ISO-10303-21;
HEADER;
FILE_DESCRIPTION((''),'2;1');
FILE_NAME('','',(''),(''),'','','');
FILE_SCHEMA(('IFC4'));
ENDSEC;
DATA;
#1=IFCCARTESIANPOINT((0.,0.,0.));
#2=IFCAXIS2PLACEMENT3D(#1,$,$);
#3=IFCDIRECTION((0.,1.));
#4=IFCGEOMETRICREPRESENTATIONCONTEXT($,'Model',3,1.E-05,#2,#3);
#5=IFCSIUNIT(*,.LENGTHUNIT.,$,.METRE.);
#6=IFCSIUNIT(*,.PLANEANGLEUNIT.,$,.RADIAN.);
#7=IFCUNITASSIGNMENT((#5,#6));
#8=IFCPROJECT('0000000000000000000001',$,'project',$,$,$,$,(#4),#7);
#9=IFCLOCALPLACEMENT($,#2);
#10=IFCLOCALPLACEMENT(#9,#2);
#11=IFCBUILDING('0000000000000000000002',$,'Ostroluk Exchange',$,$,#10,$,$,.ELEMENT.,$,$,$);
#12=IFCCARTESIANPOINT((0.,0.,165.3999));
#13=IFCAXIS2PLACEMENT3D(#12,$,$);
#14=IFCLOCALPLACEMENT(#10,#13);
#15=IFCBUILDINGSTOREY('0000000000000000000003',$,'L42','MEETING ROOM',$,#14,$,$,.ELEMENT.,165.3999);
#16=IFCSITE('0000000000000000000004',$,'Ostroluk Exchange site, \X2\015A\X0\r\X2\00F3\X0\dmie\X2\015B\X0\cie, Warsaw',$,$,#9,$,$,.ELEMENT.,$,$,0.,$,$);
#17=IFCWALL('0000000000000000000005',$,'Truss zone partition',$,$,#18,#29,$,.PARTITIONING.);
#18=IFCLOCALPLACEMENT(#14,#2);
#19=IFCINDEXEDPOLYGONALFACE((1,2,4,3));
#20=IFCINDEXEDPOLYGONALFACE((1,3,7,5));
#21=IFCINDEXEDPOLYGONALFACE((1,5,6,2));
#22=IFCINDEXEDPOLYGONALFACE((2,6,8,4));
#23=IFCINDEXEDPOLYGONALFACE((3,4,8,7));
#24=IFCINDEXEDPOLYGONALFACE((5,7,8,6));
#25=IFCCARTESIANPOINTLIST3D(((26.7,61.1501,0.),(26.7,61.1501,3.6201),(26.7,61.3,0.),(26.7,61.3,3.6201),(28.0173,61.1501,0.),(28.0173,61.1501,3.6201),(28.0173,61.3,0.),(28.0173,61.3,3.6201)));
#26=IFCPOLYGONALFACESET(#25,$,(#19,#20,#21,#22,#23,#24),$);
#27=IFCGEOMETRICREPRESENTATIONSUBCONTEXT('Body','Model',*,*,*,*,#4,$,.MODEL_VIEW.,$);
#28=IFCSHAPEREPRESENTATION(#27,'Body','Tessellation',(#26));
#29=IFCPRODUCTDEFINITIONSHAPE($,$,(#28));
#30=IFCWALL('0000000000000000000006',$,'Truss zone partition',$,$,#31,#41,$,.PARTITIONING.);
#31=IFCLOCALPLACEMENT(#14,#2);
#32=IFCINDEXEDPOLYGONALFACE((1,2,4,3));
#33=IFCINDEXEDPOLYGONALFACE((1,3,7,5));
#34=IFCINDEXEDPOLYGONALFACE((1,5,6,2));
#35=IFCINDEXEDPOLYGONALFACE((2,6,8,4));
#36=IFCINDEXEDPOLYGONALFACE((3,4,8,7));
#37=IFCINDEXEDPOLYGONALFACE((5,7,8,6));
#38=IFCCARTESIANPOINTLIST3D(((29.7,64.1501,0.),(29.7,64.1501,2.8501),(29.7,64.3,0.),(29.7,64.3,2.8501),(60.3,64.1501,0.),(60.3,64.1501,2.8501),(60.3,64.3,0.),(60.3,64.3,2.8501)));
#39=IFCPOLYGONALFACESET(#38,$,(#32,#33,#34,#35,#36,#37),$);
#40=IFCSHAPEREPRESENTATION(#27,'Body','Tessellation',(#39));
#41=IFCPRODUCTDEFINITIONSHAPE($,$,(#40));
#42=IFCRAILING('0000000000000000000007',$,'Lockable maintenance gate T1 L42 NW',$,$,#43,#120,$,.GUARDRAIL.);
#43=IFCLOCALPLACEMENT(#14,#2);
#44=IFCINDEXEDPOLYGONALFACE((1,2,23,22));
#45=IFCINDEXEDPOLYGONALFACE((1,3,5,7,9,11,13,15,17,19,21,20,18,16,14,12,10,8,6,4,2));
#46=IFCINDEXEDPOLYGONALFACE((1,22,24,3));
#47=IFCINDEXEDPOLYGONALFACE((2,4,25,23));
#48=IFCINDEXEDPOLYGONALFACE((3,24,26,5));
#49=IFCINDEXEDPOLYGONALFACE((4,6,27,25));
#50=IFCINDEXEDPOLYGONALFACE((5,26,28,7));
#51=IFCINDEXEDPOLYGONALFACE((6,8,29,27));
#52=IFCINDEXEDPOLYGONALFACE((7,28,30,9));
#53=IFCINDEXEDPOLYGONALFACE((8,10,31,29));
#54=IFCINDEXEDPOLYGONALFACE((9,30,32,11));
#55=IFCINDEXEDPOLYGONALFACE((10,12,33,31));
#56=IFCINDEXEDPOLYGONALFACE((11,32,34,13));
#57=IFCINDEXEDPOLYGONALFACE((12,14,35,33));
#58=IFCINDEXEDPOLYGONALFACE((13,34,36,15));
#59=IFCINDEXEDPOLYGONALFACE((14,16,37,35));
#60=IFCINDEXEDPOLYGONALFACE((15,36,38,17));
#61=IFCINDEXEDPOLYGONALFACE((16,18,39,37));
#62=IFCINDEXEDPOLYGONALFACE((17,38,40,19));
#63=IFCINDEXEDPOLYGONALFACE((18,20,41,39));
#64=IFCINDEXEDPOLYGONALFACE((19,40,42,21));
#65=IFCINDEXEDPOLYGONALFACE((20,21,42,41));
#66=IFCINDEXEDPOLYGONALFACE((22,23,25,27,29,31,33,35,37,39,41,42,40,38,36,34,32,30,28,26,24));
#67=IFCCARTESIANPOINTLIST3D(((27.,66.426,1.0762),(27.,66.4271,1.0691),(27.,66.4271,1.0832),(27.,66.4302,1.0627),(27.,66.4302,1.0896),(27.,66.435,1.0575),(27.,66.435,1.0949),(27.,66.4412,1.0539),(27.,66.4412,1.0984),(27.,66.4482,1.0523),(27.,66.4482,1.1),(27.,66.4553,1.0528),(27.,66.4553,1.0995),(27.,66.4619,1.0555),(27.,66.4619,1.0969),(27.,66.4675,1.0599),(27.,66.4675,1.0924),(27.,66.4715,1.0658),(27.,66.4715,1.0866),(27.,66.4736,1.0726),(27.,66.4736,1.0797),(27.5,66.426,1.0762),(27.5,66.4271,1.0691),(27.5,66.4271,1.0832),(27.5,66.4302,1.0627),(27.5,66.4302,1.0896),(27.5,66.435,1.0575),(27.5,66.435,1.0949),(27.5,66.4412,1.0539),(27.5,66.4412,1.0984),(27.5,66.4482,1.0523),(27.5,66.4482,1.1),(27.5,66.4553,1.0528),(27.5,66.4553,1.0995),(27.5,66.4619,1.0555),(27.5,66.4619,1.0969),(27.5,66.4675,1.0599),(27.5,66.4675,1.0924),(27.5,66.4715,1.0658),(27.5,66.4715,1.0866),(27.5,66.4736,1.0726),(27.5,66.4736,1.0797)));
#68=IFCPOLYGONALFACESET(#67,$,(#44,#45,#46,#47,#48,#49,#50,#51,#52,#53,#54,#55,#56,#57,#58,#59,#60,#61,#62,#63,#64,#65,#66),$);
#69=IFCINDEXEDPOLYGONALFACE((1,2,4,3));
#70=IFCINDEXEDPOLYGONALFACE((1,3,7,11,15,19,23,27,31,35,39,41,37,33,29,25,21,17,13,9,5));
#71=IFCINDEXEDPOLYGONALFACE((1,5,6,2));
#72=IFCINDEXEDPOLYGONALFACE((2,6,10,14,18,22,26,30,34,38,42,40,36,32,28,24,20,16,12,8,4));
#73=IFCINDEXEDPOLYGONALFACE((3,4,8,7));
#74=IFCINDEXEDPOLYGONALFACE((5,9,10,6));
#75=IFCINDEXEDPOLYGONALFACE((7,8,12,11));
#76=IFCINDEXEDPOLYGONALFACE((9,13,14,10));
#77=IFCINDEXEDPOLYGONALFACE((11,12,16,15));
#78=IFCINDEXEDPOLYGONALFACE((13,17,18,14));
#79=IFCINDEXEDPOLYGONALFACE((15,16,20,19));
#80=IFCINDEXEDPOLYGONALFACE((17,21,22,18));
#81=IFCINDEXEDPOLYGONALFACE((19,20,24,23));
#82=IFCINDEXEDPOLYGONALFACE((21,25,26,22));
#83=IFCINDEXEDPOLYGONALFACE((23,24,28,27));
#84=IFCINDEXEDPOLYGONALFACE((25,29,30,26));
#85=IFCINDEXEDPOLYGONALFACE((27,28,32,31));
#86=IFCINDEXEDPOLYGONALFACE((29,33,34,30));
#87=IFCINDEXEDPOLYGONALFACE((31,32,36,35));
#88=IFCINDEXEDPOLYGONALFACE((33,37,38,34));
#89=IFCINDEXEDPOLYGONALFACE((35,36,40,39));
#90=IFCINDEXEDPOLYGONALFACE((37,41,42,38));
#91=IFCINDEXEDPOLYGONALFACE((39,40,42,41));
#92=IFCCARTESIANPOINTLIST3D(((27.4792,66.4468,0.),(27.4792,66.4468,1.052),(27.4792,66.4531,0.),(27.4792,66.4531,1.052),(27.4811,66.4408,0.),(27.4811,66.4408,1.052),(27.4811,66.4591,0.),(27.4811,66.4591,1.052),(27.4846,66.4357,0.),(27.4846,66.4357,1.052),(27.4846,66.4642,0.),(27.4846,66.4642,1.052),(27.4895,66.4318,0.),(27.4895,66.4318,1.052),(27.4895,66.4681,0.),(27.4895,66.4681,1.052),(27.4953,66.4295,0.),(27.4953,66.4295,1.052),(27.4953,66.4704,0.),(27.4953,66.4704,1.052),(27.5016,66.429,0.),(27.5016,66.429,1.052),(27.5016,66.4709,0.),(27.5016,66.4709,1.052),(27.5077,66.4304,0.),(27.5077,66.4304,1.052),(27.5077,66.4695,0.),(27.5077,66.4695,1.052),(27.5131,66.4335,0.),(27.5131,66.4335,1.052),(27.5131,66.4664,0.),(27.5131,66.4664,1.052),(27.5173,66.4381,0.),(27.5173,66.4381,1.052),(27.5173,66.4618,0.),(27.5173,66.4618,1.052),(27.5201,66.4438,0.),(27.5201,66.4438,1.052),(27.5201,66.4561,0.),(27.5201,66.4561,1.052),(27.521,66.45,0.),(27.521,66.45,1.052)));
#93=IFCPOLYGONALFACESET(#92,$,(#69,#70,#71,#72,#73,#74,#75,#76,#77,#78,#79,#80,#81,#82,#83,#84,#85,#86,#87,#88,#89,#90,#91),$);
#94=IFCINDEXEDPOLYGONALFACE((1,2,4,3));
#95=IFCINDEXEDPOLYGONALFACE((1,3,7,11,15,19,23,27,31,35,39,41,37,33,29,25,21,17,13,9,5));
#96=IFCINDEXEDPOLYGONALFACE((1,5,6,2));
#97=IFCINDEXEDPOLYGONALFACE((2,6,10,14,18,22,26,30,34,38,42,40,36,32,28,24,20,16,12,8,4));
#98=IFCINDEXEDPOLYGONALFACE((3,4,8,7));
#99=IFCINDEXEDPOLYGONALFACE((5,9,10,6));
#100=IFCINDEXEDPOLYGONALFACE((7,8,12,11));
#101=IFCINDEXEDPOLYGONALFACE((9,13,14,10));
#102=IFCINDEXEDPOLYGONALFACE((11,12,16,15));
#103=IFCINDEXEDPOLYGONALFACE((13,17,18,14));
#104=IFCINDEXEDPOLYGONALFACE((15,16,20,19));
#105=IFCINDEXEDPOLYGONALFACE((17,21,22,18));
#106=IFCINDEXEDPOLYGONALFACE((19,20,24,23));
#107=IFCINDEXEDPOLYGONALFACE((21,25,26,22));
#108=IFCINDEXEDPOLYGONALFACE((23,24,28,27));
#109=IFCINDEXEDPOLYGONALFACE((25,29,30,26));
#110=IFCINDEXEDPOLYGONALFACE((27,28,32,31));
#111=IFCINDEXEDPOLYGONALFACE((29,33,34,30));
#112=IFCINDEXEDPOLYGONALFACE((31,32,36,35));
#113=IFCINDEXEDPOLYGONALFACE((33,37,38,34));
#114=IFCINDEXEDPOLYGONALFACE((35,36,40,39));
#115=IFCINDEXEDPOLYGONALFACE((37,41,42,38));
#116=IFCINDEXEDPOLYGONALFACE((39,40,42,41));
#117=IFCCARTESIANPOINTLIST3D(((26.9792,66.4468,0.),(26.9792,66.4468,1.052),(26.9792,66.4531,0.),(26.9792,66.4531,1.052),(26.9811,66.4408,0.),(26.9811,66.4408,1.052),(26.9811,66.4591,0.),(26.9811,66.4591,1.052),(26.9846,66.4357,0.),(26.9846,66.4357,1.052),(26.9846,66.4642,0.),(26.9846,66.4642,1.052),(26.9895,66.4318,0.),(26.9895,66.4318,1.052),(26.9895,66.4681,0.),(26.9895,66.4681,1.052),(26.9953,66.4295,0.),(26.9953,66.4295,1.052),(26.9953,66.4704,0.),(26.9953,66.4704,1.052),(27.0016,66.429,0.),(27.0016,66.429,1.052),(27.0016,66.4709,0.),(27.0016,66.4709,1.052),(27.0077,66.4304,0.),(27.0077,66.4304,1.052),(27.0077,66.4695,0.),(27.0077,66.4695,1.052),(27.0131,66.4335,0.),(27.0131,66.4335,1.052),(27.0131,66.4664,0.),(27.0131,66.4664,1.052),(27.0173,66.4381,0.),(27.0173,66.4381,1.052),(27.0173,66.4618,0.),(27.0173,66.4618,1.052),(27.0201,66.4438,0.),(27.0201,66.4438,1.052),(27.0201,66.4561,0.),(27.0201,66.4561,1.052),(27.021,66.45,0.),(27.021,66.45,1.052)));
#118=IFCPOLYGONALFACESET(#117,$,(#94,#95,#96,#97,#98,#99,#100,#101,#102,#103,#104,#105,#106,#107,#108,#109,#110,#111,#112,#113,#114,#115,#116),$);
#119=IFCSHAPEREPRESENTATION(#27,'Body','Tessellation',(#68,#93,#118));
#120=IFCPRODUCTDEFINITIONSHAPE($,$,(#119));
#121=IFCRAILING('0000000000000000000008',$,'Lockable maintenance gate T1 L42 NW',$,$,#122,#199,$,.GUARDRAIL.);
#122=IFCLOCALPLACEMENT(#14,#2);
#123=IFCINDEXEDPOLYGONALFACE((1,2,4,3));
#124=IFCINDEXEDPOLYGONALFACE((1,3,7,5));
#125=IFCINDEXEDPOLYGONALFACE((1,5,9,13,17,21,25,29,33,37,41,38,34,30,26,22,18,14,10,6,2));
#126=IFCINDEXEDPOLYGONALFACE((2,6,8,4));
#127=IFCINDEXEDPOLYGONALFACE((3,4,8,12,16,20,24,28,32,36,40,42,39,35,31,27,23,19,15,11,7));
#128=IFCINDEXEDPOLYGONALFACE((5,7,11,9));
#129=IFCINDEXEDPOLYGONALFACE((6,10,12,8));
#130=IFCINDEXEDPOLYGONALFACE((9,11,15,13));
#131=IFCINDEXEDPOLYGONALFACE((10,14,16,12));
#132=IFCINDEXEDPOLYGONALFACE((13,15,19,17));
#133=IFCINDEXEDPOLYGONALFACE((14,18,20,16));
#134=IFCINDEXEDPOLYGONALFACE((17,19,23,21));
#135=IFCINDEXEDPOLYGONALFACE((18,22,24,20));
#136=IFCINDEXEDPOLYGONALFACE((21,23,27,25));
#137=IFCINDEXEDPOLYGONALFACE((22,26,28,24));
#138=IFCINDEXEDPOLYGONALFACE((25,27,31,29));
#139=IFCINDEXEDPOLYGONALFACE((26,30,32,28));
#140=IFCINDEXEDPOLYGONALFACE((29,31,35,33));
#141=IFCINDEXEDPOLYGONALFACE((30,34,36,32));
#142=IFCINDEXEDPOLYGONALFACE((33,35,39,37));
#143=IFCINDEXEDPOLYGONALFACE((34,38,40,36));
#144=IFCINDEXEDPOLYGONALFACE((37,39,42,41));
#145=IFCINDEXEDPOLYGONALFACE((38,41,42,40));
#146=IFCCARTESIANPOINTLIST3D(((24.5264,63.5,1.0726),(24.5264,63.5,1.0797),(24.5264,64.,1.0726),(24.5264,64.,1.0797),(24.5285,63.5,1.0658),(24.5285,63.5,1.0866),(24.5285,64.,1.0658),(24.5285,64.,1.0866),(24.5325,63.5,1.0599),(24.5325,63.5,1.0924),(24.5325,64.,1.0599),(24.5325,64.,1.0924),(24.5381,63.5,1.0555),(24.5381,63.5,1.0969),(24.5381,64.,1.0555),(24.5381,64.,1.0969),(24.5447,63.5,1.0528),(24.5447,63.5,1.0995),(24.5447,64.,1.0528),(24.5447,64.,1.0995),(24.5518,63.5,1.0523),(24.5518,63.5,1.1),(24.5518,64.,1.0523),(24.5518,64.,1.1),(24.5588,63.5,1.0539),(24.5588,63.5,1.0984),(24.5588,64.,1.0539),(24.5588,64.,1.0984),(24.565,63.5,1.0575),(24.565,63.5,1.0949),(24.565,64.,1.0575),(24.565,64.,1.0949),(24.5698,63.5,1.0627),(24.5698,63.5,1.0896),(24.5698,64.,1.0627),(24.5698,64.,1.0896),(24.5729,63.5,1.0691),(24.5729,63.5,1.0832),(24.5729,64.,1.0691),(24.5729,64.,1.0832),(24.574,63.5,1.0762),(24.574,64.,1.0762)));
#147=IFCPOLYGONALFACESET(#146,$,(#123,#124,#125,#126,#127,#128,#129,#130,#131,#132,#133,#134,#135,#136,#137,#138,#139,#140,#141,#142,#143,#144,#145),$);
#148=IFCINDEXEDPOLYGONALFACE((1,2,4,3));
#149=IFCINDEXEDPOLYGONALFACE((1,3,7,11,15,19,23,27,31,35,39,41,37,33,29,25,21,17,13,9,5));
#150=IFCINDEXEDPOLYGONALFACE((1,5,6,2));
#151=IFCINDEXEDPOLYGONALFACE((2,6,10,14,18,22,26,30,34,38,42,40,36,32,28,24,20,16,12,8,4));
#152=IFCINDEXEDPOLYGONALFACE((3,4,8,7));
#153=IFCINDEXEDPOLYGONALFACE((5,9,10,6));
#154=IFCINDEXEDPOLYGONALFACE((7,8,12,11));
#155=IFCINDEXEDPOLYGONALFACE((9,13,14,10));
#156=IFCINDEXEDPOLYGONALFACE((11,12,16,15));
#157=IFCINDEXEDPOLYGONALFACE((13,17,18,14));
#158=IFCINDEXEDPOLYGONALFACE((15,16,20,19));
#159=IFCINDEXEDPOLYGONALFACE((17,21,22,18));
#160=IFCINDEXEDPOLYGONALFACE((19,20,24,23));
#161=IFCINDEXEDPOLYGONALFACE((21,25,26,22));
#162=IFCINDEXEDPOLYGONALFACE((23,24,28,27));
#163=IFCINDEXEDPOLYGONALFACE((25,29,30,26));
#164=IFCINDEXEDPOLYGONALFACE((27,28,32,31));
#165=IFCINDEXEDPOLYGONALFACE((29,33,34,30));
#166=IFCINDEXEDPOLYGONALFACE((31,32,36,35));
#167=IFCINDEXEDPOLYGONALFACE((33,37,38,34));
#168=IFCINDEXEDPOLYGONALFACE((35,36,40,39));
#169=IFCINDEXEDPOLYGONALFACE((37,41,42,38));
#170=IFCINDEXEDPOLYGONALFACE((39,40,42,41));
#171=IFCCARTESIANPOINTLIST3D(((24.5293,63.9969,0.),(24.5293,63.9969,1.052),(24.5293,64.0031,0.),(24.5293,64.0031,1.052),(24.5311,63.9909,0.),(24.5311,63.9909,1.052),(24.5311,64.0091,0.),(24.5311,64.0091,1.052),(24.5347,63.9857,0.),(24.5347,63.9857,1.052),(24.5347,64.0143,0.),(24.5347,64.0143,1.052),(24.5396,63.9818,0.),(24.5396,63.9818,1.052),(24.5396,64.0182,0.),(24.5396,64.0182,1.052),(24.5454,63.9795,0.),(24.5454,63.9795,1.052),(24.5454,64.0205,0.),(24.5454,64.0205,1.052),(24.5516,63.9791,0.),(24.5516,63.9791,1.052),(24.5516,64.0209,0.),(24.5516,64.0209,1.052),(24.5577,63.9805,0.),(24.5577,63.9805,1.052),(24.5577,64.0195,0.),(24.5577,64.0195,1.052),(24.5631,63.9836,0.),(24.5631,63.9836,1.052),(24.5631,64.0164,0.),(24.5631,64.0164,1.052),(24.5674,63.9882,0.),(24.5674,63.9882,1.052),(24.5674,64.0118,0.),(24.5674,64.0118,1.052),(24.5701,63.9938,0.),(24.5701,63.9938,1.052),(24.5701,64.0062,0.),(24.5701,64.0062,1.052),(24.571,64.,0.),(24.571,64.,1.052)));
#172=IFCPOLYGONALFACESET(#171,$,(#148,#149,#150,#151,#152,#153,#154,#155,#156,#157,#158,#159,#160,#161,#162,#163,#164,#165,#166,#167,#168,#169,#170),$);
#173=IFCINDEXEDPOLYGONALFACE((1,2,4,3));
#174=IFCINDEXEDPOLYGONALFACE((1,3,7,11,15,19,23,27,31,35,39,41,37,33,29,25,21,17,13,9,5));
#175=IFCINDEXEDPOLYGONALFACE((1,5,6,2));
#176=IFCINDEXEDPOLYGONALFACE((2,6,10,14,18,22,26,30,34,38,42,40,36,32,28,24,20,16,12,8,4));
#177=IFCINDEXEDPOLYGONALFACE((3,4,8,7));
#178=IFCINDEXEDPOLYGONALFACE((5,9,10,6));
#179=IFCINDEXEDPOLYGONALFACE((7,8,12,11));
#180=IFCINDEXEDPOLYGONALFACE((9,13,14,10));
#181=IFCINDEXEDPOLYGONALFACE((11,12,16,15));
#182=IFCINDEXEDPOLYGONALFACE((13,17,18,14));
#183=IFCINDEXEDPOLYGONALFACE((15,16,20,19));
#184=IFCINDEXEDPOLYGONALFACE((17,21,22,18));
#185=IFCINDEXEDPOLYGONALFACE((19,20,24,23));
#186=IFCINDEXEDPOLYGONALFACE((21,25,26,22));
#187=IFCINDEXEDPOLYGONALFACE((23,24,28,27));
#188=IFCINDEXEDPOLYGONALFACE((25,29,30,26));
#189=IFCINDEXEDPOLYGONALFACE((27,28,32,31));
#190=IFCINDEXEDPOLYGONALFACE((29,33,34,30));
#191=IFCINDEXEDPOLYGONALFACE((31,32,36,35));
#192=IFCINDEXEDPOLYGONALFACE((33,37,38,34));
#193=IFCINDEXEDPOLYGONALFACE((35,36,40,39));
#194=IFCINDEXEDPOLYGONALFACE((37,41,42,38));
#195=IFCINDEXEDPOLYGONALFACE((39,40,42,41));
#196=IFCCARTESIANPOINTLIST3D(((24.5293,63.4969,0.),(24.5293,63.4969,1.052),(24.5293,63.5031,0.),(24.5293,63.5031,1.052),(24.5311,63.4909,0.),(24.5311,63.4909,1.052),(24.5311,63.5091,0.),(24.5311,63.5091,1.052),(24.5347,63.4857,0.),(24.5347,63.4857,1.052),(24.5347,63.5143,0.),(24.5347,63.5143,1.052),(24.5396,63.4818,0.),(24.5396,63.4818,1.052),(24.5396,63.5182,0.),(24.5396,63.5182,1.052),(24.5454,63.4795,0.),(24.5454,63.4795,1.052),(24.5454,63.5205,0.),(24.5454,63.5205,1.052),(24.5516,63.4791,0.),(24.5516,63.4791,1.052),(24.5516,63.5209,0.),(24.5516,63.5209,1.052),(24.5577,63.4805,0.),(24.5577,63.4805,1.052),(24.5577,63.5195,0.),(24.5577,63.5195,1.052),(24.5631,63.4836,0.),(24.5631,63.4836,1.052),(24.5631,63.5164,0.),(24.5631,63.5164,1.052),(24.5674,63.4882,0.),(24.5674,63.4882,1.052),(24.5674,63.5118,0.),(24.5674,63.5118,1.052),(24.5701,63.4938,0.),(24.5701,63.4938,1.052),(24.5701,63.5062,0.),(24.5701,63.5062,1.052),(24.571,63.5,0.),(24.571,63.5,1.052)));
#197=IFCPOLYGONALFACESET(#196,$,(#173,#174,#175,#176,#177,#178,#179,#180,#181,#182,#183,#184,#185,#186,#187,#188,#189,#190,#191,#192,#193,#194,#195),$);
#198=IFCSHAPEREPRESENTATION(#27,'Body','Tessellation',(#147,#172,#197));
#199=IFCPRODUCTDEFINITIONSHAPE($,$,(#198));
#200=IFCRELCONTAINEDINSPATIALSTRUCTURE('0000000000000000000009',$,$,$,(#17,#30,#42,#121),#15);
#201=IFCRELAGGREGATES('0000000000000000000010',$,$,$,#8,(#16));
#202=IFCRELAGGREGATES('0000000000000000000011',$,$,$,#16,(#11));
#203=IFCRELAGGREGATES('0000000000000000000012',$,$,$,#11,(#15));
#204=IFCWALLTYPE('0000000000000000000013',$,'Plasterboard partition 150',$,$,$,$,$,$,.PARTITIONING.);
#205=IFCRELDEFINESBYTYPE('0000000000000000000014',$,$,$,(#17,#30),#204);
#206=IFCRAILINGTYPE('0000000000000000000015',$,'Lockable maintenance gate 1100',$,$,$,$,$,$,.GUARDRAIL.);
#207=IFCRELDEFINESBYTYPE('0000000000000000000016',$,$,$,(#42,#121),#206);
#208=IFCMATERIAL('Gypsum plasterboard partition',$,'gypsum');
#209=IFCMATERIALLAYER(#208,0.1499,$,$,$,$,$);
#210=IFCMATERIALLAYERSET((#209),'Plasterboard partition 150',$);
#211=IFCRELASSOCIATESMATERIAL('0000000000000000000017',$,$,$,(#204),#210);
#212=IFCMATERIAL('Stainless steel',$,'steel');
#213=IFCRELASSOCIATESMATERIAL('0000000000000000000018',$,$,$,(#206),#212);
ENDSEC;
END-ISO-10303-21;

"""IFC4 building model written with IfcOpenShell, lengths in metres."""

from ifc_helpers import new_model, si_unit, direction, frame, frame_2d, origin, origin_2d, place, context, subcontext, project, spatial, rectangle, circle, extrude, material, layer, layer_set, type_object, element, save


model = new_model("IFC4")

# Units and contexts
model_context = context("Model", 3, precision=1e-05, world=origin(), true_north=direction((0.0, 1.0)))
body_context = subcontext(model_context, "Body", "Model", "MODEL_VIEW")
ifc_project = project(units=[si_unit("LENGTHUNIT", "METRE"), si_unit("PLANEANGLEUNIT", "RADIAN")], contexts=[model_context])

# Site, building, storey
site_placement = place(None, origin())
site = spatial("IfcSite", under=ifc_project, at=site_placement, Name="Ostroluk Exchange site, Śródmieście, Warsaw", CompositionType="ELEMENT", RefElevation=0.0)
building_placement = place(site_placement, origin())
building = spatial("IfcBuilding", under=site, at=building_placement, Name="Ostroluk Exchange", CompositionType="ELEMENT")
storey_placement = place(building_placement, frame((0.0, 0.0, 165.3999)))
storey = spatial("IfcBuildingStorey", under=building, at=storey_placement, Name="L42", Description="MEETING ROOM", CompositionType="ELEMENT", Elevation=165.3999)

# Walls
ifc_material_1 = material(Name="Gypsum plasterboard partition", Category="gypsum")
ifc_layer_1 = layer(ifc_material_1, 0.1499)
ifc_layer_set_1 = layer_set([ifc_layer_1], Name="Plasterboard partition 150")
wall_type_1 = type_object("IfcWallType", Name="Plasterboard partition 150", PredefinedType="PARTITIONING", material=ifc_layer_set_1)
wall_1_placement = place(storey_placement, frame((26.7, 61.2251, 0.0), z_axis=(0.0, 0.0, 1.0), x_axis=(1.0, 0.0, 0.0)))
element("IfcWall", 1, at=wall_1_placement, inside=storey, type_object=wall_type_1, Name="Truss zone partition", PredefinedType="PARTITIONING", context=body_context, shape_type="SweptSolid", body=[
    extrude(rectangle(XDim=1.3174, YDim=0.1499, at=frame_2d((0.6587, 0.0))), origin(), (0.0, 0.0, 1.0), 3.6201),
])
wall_2_placement = place(storey_placement, frame((29.7, 64.2251, 0.0), z_axis=(0.0, 0.0, 1.0), x_axis=(1.0, 0.0, 0.0)))
element("IfcWall", 2, at=wall_2_placement, inside=storey, type_object=wall_type_1, Name="Truss zone partition", PredefinedType="PARTITIONING", context=body_context, shape_type="SweptSolid", body=[
    extrude(rectangle(XDim=30.6001, YDim=0.1499, at=frame_2d((15.3, 0.0))), origin(), (0.0, 0.0, 1.0), 2.8501),
])

# Railings
ifc_material_2 = material(Name="Stainless steel", Category="steel")
railing_type_1 = type_object("IfcRailingType", Name="Lockable maintenance gate 1100", PredefinedType="GUARDRAIL", material=ifc_material_2)
railing_1_placement = place(storey_placement, frame((27.5, 66.45, 0.0)))
element("IfcRailing", 3, at=railing_1_placement, inside=storey, type_object=railing_type_1, Name="Lockable maintenance gate T1 L42 NW", PredefinedType="GUARDRAIL", context=body_context, shape_type="SweptSolid", body=[
    extrude(circle(Radius=0.0239, at=origin_2d()), frame((0.0, 0.0, 1.0762), z_axis=(-1.0, 0.0, 0.0), x_axis=(0.0, -1.0, 0.0)), (0.0, 0.0, 1.0), 0.5),
    extrude(circle(Radius=0.021, at=origin_2d()), origin(), (0.0, 0.0, 1.0), 1.052),
    extrude(circle(Radius=0.021, at=origin_2d()), frame((-0.5, 0.0, 0.0)), (0.0, 0.0, 1.0), 1.052),
])
railing_2_placement = place(storey_placement, frame((24.55, 64.0, 0.0)))
element("IfcRailing", 4, at=railing_2_placement, inside=storey, type_object=railing_type_1, Name="Lockable maintenance gate T1 L42 NW", PredefinedType="GUARDRAIL", context=body_context, shape_type="SweptSolid", body=[
    extrude(circle(Radius=0.0239, at=origin_2d()), frame((0.0, 0.0, 1.0762), z_axis=(0.0, -1.0, 0.0), x_axis=(1.0, 0.0, 0.0)), (0.0, 0.0, 1.0), 0.5),
    extrude(circle(Radius=0.021, at=origin_2d()), origin(), (0.0, 0.0, 1.0), 1.052),
    extrude(circle(Radius=0.021, at=origin_2d()), frame((0.0, -0.5, 0.0)), (0.0, 0.0, 1.0), 1.052),
])

save(model, "model.ifc")
